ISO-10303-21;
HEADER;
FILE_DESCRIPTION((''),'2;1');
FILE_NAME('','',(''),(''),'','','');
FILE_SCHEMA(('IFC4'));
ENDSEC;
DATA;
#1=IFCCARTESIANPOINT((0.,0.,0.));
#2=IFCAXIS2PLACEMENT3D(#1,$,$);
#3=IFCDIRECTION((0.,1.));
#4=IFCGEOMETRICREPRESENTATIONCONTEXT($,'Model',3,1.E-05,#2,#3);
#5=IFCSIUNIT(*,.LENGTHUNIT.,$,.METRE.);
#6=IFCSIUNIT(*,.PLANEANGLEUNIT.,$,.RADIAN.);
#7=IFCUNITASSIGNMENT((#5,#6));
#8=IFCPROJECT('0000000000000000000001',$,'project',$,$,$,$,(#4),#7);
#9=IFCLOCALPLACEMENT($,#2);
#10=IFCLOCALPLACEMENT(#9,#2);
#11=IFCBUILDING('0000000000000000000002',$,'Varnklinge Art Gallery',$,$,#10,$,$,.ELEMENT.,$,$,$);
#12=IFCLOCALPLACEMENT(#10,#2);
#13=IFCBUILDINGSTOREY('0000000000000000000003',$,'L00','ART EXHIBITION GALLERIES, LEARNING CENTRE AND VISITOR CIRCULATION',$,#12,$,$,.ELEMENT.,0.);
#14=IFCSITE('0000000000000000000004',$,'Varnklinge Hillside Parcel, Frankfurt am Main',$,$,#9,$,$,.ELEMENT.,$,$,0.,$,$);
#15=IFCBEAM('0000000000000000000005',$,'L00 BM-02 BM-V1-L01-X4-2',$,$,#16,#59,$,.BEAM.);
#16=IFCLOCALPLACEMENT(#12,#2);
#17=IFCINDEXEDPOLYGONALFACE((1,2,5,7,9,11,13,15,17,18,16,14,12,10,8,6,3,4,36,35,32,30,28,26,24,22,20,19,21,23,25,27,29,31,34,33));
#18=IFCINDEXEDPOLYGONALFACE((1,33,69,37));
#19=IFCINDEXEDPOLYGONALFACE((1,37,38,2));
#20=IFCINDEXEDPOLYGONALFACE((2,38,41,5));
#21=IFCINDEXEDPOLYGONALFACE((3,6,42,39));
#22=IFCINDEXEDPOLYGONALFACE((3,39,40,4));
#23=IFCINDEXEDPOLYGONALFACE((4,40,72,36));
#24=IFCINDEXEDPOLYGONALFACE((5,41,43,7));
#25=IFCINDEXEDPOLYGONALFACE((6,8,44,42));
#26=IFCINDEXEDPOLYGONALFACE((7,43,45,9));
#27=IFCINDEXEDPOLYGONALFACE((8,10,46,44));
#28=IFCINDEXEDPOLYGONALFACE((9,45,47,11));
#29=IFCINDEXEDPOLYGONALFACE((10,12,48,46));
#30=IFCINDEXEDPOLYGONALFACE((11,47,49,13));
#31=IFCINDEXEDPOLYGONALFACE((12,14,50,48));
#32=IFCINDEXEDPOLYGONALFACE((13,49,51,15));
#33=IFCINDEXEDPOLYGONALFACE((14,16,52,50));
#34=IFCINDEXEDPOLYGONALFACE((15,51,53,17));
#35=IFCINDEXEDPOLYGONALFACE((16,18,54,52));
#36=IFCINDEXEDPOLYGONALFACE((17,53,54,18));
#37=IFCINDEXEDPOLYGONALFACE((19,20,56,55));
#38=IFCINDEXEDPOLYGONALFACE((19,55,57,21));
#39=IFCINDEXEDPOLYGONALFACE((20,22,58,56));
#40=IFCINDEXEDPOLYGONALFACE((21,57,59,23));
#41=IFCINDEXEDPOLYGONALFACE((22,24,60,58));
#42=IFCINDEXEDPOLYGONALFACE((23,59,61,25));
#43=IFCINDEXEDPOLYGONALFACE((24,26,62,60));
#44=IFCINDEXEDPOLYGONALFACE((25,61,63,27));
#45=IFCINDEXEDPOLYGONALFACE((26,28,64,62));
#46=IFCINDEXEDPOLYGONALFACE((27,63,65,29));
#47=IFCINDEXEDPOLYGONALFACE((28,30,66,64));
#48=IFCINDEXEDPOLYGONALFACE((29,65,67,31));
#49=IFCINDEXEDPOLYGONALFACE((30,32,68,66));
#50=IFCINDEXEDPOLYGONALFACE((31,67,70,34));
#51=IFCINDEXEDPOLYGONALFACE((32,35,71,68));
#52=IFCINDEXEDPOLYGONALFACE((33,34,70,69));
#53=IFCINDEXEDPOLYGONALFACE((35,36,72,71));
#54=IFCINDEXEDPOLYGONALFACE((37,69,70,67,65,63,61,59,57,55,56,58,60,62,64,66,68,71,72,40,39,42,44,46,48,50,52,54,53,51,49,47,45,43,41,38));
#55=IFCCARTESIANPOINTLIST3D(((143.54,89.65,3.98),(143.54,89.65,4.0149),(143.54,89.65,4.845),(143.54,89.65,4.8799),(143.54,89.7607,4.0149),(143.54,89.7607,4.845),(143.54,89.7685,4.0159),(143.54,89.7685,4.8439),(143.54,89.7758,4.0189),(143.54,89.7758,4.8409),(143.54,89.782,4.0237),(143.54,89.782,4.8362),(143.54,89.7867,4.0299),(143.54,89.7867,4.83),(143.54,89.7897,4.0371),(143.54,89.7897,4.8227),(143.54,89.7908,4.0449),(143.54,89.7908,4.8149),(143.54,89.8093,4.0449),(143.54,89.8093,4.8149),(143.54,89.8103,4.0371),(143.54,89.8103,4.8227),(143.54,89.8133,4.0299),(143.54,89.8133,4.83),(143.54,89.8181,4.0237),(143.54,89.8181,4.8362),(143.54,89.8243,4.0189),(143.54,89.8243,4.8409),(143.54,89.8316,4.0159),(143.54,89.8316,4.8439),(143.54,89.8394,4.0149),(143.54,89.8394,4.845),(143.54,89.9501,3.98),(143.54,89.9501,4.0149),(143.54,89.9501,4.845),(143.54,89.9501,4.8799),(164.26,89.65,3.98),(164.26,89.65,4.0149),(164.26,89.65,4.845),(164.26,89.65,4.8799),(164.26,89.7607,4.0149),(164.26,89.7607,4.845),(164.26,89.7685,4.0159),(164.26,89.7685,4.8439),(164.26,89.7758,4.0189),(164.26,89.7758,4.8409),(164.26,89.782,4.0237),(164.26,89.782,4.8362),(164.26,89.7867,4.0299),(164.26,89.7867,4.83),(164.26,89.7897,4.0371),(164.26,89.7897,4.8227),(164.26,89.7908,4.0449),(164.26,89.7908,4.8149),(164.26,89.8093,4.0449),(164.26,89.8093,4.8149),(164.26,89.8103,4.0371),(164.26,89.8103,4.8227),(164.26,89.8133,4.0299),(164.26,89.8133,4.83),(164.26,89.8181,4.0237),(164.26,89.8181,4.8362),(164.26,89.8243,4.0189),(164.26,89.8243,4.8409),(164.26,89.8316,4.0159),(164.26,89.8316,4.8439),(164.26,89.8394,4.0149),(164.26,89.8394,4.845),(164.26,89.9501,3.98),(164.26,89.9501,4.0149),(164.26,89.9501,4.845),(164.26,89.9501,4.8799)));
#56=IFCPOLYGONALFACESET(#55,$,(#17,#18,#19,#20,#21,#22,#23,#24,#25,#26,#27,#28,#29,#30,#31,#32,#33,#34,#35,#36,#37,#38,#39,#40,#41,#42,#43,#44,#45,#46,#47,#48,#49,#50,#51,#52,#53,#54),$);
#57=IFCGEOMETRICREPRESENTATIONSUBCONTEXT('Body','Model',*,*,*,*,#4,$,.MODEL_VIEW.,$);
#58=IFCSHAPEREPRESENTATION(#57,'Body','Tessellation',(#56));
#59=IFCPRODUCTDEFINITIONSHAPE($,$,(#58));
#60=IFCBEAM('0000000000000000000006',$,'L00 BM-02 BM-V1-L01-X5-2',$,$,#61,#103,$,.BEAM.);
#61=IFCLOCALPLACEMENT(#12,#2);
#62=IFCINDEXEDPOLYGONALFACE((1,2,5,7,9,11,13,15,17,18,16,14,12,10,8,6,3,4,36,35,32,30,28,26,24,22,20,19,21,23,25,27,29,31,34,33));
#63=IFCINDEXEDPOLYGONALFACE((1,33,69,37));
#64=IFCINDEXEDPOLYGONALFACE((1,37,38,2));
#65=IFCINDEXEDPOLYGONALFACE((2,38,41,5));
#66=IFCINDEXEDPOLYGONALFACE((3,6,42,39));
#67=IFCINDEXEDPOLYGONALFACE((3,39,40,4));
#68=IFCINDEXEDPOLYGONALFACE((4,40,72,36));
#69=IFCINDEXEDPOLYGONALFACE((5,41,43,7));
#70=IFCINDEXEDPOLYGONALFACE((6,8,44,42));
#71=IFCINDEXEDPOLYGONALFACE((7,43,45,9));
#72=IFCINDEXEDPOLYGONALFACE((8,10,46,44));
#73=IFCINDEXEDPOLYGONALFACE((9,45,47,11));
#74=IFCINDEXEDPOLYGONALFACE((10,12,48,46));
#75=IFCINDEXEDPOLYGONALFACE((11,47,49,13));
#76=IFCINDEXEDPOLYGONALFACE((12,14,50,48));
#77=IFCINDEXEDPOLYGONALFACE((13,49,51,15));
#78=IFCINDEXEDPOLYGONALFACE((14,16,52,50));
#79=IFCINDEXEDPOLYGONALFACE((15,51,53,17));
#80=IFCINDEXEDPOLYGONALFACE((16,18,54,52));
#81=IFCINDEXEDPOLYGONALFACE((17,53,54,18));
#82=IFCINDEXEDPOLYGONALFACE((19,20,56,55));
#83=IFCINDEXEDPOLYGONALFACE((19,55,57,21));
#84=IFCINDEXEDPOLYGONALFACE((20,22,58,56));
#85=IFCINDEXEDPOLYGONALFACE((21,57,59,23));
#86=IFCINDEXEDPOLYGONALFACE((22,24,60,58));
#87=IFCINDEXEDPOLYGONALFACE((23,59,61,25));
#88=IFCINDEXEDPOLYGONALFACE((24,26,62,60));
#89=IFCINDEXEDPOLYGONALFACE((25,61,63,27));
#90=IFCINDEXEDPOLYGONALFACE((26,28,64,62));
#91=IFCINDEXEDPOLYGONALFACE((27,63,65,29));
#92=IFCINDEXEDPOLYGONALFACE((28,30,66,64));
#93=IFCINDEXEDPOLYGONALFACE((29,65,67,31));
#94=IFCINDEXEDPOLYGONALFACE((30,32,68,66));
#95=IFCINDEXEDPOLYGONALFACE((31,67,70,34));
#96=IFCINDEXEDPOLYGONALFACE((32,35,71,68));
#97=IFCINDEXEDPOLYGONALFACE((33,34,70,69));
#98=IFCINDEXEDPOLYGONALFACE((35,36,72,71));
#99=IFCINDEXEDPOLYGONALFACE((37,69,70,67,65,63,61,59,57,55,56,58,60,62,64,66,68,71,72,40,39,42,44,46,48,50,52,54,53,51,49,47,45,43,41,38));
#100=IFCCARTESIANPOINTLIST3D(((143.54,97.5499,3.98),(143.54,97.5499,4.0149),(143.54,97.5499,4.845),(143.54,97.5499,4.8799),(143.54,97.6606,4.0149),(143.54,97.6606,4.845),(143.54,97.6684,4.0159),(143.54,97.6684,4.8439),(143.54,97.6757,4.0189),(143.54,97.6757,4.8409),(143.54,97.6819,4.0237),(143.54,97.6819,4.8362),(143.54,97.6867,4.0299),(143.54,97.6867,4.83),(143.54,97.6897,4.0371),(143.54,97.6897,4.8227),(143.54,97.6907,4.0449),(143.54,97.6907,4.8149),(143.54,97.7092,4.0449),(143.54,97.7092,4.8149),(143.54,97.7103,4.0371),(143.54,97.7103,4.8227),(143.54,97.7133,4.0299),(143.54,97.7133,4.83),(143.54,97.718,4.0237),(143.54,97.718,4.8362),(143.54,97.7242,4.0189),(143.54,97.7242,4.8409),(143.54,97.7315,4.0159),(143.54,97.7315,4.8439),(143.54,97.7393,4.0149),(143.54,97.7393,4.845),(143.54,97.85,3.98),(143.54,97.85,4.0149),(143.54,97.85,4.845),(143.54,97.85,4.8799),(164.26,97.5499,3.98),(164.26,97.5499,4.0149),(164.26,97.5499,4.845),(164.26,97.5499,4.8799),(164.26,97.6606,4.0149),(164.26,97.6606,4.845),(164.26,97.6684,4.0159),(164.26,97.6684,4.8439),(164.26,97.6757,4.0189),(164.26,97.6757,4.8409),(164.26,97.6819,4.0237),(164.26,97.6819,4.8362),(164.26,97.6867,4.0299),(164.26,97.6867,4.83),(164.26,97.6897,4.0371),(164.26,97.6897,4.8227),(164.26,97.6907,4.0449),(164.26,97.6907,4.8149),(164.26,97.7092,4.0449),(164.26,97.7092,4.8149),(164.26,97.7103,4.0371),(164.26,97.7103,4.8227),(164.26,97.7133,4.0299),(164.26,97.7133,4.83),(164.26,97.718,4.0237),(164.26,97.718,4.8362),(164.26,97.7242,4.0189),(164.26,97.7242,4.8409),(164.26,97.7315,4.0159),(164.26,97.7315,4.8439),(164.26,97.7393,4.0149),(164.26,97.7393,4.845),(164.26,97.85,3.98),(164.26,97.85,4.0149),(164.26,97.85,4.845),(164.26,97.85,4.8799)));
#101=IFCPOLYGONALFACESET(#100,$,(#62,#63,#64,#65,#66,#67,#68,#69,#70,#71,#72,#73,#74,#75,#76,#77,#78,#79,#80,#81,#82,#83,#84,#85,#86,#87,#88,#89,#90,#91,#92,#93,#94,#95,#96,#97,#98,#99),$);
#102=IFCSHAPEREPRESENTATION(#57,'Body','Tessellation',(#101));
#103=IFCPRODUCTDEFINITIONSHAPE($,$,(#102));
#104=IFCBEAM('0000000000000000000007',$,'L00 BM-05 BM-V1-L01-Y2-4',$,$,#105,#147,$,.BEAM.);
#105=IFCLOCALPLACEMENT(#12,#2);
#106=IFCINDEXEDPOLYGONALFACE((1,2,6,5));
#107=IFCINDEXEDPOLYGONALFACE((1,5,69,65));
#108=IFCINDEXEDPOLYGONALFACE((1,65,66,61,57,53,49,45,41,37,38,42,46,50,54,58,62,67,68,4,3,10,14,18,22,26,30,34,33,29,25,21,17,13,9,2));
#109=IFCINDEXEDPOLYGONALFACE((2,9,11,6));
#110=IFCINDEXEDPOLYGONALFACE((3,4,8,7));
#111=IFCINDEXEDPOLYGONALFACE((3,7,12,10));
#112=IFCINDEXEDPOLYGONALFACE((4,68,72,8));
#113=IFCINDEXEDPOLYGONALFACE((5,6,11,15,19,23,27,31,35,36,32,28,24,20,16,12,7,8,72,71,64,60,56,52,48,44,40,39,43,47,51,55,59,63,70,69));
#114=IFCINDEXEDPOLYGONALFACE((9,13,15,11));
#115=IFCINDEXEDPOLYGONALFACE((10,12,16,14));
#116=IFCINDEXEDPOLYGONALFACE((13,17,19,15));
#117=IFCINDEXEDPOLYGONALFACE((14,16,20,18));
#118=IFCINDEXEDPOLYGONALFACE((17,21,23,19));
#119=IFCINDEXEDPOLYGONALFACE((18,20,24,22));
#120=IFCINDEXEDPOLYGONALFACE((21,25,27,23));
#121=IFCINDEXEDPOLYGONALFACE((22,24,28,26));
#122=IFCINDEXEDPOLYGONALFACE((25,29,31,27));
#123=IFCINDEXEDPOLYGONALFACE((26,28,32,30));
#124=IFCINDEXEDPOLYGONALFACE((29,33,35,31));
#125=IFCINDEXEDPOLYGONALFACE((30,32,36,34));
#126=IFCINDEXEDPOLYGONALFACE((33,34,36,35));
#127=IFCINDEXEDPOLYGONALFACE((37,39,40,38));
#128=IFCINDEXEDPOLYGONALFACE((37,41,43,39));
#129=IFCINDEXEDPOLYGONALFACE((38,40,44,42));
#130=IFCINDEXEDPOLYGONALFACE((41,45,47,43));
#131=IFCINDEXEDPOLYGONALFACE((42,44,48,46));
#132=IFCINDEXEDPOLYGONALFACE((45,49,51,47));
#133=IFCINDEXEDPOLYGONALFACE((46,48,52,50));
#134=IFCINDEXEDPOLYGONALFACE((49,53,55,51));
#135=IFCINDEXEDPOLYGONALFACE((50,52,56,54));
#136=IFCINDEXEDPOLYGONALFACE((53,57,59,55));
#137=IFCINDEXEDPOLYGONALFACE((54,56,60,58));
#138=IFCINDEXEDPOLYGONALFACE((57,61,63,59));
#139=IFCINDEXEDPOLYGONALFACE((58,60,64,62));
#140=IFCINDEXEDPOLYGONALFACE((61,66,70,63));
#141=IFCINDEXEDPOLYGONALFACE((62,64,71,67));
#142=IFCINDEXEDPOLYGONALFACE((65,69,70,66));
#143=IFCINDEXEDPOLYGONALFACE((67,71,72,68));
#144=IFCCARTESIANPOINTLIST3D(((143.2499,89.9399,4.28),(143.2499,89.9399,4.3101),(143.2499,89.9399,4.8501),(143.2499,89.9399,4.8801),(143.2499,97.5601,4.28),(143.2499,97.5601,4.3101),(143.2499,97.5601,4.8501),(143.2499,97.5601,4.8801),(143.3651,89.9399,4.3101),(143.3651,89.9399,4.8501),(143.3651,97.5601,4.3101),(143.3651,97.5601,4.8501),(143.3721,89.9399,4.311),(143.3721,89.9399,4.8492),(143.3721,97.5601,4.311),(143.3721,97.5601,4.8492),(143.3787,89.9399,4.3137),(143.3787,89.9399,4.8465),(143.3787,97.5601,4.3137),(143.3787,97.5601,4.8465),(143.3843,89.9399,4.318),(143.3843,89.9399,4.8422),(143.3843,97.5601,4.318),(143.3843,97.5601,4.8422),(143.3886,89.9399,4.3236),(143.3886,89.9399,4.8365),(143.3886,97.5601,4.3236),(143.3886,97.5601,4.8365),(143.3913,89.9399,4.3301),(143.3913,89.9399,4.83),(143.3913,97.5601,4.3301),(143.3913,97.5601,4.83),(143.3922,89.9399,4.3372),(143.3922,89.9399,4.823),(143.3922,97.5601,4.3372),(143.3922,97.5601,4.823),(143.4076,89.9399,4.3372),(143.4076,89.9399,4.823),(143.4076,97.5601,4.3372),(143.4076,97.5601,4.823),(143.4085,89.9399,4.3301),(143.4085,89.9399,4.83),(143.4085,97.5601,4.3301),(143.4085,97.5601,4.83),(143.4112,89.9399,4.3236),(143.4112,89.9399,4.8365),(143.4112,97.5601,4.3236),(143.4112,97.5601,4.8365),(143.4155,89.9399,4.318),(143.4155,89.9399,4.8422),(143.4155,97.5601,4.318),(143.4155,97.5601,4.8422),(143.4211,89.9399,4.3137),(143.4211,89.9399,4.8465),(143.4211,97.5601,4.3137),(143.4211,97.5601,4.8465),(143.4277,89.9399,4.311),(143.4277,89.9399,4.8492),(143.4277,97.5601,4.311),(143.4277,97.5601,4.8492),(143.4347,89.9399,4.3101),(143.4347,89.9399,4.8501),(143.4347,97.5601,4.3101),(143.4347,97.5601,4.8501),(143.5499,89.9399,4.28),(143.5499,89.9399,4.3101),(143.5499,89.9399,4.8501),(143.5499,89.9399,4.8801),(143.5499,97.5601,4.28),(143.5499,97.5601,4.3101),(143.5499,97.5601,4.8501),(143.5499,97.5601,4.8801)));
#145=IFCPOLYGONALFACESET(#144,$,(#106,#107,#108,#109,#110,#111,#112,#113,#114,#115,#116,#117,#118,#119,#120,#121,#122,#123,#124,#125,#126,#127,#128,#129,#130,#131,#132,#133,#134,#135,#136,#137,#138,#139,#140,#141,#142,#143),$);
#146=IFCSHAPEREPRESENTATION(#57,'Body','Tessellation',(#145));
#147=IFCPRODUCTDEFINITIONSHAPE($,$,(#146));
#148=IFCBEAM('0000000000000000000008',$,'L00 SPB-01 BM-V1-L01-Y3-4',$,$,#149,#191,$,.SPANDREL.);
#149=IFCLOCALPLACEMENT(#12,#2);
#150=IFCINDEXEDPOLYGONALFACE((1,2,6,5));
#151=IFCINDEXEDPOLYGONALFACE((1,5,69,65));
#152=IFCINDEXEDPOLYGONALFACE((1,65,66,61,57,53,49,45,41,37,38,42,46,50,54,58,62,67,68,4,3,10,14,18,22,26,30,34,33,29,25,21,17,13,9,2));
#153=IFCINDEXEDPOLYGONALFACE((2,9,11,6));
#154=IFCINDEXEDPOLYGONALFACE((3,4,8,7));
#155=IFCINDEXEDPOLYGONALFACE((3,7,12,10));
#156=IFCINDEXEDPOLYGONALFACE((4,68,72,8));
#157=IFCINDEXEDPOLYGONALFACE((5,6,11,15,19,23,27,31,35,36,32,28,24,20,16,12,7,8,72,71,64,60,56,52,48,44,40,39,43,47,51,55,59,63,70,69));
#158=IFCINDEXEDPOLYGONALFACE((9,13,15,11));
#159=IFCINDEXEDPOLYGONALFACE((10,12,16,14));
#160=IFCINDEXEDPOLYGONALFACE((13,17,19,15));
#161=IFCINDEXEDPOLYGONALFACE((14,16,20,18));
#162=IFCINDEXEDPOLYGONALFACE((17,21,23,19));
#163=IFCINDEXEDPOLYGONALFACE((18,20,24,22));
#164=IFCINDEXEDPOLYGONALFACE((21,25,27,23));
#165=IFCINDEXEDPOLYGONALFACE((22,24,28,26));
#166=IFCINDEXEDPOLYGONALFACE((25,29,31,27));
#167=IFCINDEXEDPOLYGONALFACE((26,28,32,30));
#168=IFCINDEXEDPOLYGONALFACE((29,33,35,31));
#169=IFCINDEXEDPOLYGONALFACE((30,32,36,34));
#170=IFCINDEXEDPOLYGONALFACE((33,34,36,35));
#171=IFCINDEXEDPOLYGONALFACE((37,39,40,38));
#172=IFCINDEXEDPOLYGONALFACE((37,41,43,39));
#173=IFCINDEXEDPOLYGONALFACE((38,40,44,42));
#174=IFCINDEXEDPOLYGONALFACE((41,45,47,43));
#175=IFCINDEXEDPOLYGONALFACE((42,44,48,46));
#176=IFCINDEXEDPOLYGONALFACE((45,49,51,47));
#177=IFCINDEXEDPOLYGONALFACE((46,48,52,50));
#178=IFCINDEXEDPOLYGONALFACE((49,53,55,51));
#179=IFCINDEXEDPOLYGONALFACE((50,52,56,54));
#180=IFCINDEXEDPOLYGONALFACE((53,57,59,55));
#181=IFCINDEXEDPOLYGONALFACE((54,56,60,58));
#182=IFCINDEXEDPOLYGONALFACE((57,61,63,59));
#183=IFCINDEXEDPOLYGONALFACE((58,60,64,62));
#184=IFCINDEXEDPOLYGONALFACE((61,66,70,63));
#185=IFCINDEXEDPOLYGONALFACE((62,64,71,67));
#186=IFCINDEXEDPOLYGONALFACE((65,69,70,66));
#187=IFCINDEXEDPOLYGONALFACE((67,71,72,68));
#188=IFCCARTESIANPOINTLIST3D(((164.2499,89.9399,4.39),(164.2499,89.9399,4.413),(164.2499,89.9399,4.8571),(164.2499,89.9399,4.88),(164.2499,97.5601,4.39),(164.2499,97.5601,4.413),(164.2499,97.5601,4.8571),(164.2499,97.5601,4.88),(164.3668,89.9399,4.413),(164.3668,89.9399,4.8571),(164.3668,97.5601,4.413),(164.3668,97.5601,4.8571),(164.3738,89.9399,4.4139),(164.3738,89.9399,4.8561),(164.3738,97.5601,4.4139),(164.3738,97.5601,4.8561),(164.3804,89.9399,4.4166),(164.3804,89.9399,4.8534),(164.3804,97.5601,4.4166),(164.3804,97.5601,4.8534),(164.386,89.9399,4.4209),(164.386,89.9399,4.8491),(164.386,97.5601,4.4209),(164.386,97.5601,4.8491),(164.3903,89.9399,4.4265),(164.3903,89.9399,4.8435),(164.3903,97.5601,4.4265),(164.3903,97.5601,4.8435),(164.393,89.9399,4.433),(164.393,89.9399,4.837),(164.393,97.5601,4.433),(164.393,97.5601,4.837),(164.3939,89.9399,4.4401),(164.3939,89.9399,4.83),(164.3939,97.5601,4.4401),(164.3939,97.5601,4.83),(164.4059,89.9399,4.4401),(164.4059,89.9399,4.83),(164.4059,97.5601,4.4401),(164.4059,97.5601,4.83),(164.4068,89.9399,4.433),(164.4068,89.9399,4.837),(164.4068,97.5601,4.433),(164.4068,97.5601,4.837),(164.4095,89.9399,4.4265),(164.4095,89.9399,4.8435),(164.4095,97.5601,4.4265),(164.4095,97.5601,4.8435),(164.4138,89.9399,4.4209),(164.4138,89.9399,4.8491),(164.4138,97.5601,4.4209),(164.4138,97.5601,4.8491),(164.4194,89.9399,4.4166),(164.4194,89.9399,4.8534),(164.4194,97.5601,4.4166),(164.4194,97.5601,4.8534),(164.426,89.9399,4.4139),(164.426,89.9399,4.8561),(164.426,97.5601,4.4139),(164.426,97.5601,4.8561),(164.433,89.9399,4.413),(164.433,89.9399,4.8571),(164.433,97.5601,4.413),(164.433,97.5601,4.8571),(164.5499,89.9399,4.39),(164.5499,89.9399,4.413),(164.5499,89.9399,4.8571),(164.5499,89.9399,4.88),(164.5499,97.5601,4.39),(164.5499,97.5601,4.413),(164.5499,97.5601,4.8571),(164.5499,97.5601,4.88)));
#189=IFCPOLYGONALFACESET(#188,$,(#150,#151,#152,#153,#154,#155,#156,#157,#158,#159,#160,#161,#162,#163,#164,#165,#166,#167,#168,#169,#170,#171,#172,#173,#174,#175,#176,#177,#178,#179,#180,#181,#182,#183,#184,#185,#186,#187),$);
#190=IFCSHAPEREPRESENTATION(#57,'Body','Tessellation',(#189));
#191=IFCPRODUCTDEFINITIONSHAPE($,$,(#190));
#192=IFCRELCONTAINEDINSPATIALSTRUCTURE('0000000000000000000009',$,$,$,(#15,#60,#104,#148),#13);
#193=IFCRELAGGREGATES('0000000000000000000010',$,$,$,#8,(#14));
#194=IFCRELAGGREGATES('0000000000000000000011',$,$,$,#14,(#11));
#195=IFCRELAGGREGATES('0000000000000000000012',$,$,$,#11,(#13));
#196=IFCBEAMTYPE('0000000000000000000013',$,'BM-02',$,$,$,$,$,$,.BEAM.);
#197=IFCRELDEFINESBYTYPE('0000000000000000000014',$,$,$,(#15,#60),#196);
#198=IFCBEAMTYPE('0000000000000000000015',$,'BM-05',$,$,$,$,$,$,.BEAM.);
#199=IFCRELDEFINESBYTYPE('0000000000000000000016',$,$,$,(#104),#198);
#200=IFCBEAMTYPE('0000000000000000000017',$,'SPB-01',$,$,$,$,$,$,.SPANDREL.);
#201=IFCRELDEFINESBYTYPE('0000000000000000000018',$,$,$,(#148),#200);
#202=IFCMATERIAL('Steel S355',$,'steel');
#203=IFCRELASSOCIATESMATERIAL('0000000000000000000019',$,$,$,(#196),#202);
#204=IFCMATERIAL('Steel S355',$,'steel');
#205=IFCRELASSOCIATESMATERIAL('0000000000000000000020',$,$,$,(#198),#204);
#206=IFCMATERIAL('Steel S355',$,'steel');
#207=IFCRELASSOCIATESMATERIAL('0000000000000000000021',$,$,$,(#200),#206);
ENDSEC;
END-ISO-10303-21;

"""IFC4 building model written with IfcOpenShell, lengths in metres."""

from ifc_helpers import new_model, si_unit, direction, frame, origin, origin_2d, place, context, subcontext, project, spatial, i_section, extrude, material, material_profile, profile_set, type_object, element, save


model = new_model("IFC4")

# Units and contexts
model_context = context("Model", 3, precision=1e-05, world=origin(), true_north=direction((0.0, 1.0)))
body_context = subcontext(model_context, "Body", "Model", "MODEL_VIEW")
ifc_project = project(units=[si_unit("LENGTHUNIT", "METRE"), si_unit("PLANEANGLEUNIT", "RADIAN")], contexts=[model_context])

# Site, building, storey
site_placement = place(None, origin())
site = spatial("IfcSite", under=ifc_project, at=site_placement, Name="Varnklinge Hillside Parcel, Frankfurt am Main", CompositionType="ELEMENT", RefElevation=0.0)
building_placement = place(site_placement, origin())
building = spatial("IfcBuilding", under=site, at=building_placement, Name="Varnklinge Art Gallery", CompositionType="ELEMENT")
storey_placement = place(building_placement, origin())
storey = spatial("IfcBuildingStorey", under=building, at=storey_placement, Name="L00", Description="ART EXHIBITION GALLERIES, LEARNING CENTRE AND VISITOR CIRCULATION", CompositionType="ELEMENT", Elevation=0.0)

# Beams
ifc_material_1 = material(Name="Steel S355", Category="steel")
ifc_material_profile_1 = material_profile(ifc_material_1, i_section(OverallWidth=0.3, OverallDepth=0.8999, WebThickness=0.0186, FlangeThickness=0.0349, FilletRadius=0.03, at=origin_2d()), Name="HEB 900")
ifc_profile_set_1 = profile_set([ifc_material_profile_1], Name="Steel S355")
beam_type_1 = type_object("IfcBeamType", Name="BM-02", PredefinedType="BEAM", material=ifc_profile_set_1)
for number, where, z_axis, x_axis, name in (
    (1, (143.54, 89.8, 4.4299), (1.0, 0.0, 0.0), (0.0, 1.0, 0.0), "L00 BM-02 BM-V1-L01-X4-2"),
    (2, (143.54, 97.7, 4.4299), (1.0, 0.0, 0.0), (0.0, 1.0, 0.0), "L00 BM-02 BM-V1-L01-X5-2"),
):
    element("IfcBeam", number, at=place(storey_placement, frame(where, z_axis=z_axis, x_axis=x_axis)), inside=storey, type_object=beam_type_1, Name=name, PredefinedType="BEAM", context=body_context, shape_type="SweptSolid", body=[
        extrude(i_section(OverallWidth=0.3, OverallDepth=0.8999, WebThickness=0.0186, FlangeThickness=0.0349, FilletRadius=0.03, at=origin_2d()), origin(), (0.0, 0.0, 1.0), 20.72),
    ])
ifc_material_2 = material(Name="Steel S355", Category="steel")
ifc_material_profile_2 = material_profile(ifc_material_2, i_section(OverallWidth=0.3, OverallDepth=0.6001, WebThickness=0.0154, FlangeThickness=0.03, FilletRadius=0.0271, at=origin_2d()), Name="HEB 600")
ifc_profile_set_2 = profile_set([ifc_material_profile_2], Name="Steel S355")
beam_type_2 = type_object("IfcBeamType", Name="BM-05", PredefinedType="BEAM", material=ifc_profile_set_2)
beam_1_placement = place(storey_placement, frame((143.3999, 89.9399, 4.5801), z_axis=(0.0, 1.0, 0.0), x_axis=(-1.0, 0.0, 0.0)))
element("IfcBeam", 3, at=beam_1_placement, inside=storey, type_object=beam_type_2, Name="L00 BM-05 BM-V1-L01-Y2-4", PredefinedType="BEAM", context=body_context, shape_type="SweptSolid", body=[
    extrude(i_section(OverallWidth=0.3, OverallDepth=0.6001, WebThickness=0.0154, FlangeThickness=0.03, FilletRadius=0.0271, at=origin_2d()), origin(), (0.0, 0.0, 1.0), 7.6201),
])
ifc_material_3 = material(Name="Steel S355", Category="steel")
ifc_material_profile_3 = material_profile(ifc_material_3, i_section(OverallWidth=0.3, OverallDepth=0.49, WebThickness=0.012, FlangeThickness=0.0229, FilletRadius=0.0271, at=origin_2d()), Name="HEA 500")
ifc_profile_set_3 = profile_set([ifc_material_profile_3], Name="Steel S355")
beam_type_3 = type_object("IfcBeamType", Name="SPB-01", PredefinedType="SPANDREL", material=ifc_profile_set_3)
beam_2_placement = place(storey_placement, frame((164.3999, 89.9399, 4.635), z_axis=(0.0, 1.0, 0.0), x_axis=(-1.0, 0.0, 0.0)))
element("IfcBeam", 4, at=beam_2_placement, inside=storey, type_object=beam_type_3, Name="L00 SPB-01 BM-V1-L01-Y3-4", PredefinedType="SPANDREL", context=body_context, shape_type="SweptSolid", body=[
    extrude(i_section(OverallWidth=0.3, OverallDepth=0.49, WebThickness=0.012, FlangeThickness=0.0229, FilletRadius=0.0271, at=origin_2d()), origin(), (0.0, 0.0, 1.0), 7.6201),
])

save(model, "model.ifc")
